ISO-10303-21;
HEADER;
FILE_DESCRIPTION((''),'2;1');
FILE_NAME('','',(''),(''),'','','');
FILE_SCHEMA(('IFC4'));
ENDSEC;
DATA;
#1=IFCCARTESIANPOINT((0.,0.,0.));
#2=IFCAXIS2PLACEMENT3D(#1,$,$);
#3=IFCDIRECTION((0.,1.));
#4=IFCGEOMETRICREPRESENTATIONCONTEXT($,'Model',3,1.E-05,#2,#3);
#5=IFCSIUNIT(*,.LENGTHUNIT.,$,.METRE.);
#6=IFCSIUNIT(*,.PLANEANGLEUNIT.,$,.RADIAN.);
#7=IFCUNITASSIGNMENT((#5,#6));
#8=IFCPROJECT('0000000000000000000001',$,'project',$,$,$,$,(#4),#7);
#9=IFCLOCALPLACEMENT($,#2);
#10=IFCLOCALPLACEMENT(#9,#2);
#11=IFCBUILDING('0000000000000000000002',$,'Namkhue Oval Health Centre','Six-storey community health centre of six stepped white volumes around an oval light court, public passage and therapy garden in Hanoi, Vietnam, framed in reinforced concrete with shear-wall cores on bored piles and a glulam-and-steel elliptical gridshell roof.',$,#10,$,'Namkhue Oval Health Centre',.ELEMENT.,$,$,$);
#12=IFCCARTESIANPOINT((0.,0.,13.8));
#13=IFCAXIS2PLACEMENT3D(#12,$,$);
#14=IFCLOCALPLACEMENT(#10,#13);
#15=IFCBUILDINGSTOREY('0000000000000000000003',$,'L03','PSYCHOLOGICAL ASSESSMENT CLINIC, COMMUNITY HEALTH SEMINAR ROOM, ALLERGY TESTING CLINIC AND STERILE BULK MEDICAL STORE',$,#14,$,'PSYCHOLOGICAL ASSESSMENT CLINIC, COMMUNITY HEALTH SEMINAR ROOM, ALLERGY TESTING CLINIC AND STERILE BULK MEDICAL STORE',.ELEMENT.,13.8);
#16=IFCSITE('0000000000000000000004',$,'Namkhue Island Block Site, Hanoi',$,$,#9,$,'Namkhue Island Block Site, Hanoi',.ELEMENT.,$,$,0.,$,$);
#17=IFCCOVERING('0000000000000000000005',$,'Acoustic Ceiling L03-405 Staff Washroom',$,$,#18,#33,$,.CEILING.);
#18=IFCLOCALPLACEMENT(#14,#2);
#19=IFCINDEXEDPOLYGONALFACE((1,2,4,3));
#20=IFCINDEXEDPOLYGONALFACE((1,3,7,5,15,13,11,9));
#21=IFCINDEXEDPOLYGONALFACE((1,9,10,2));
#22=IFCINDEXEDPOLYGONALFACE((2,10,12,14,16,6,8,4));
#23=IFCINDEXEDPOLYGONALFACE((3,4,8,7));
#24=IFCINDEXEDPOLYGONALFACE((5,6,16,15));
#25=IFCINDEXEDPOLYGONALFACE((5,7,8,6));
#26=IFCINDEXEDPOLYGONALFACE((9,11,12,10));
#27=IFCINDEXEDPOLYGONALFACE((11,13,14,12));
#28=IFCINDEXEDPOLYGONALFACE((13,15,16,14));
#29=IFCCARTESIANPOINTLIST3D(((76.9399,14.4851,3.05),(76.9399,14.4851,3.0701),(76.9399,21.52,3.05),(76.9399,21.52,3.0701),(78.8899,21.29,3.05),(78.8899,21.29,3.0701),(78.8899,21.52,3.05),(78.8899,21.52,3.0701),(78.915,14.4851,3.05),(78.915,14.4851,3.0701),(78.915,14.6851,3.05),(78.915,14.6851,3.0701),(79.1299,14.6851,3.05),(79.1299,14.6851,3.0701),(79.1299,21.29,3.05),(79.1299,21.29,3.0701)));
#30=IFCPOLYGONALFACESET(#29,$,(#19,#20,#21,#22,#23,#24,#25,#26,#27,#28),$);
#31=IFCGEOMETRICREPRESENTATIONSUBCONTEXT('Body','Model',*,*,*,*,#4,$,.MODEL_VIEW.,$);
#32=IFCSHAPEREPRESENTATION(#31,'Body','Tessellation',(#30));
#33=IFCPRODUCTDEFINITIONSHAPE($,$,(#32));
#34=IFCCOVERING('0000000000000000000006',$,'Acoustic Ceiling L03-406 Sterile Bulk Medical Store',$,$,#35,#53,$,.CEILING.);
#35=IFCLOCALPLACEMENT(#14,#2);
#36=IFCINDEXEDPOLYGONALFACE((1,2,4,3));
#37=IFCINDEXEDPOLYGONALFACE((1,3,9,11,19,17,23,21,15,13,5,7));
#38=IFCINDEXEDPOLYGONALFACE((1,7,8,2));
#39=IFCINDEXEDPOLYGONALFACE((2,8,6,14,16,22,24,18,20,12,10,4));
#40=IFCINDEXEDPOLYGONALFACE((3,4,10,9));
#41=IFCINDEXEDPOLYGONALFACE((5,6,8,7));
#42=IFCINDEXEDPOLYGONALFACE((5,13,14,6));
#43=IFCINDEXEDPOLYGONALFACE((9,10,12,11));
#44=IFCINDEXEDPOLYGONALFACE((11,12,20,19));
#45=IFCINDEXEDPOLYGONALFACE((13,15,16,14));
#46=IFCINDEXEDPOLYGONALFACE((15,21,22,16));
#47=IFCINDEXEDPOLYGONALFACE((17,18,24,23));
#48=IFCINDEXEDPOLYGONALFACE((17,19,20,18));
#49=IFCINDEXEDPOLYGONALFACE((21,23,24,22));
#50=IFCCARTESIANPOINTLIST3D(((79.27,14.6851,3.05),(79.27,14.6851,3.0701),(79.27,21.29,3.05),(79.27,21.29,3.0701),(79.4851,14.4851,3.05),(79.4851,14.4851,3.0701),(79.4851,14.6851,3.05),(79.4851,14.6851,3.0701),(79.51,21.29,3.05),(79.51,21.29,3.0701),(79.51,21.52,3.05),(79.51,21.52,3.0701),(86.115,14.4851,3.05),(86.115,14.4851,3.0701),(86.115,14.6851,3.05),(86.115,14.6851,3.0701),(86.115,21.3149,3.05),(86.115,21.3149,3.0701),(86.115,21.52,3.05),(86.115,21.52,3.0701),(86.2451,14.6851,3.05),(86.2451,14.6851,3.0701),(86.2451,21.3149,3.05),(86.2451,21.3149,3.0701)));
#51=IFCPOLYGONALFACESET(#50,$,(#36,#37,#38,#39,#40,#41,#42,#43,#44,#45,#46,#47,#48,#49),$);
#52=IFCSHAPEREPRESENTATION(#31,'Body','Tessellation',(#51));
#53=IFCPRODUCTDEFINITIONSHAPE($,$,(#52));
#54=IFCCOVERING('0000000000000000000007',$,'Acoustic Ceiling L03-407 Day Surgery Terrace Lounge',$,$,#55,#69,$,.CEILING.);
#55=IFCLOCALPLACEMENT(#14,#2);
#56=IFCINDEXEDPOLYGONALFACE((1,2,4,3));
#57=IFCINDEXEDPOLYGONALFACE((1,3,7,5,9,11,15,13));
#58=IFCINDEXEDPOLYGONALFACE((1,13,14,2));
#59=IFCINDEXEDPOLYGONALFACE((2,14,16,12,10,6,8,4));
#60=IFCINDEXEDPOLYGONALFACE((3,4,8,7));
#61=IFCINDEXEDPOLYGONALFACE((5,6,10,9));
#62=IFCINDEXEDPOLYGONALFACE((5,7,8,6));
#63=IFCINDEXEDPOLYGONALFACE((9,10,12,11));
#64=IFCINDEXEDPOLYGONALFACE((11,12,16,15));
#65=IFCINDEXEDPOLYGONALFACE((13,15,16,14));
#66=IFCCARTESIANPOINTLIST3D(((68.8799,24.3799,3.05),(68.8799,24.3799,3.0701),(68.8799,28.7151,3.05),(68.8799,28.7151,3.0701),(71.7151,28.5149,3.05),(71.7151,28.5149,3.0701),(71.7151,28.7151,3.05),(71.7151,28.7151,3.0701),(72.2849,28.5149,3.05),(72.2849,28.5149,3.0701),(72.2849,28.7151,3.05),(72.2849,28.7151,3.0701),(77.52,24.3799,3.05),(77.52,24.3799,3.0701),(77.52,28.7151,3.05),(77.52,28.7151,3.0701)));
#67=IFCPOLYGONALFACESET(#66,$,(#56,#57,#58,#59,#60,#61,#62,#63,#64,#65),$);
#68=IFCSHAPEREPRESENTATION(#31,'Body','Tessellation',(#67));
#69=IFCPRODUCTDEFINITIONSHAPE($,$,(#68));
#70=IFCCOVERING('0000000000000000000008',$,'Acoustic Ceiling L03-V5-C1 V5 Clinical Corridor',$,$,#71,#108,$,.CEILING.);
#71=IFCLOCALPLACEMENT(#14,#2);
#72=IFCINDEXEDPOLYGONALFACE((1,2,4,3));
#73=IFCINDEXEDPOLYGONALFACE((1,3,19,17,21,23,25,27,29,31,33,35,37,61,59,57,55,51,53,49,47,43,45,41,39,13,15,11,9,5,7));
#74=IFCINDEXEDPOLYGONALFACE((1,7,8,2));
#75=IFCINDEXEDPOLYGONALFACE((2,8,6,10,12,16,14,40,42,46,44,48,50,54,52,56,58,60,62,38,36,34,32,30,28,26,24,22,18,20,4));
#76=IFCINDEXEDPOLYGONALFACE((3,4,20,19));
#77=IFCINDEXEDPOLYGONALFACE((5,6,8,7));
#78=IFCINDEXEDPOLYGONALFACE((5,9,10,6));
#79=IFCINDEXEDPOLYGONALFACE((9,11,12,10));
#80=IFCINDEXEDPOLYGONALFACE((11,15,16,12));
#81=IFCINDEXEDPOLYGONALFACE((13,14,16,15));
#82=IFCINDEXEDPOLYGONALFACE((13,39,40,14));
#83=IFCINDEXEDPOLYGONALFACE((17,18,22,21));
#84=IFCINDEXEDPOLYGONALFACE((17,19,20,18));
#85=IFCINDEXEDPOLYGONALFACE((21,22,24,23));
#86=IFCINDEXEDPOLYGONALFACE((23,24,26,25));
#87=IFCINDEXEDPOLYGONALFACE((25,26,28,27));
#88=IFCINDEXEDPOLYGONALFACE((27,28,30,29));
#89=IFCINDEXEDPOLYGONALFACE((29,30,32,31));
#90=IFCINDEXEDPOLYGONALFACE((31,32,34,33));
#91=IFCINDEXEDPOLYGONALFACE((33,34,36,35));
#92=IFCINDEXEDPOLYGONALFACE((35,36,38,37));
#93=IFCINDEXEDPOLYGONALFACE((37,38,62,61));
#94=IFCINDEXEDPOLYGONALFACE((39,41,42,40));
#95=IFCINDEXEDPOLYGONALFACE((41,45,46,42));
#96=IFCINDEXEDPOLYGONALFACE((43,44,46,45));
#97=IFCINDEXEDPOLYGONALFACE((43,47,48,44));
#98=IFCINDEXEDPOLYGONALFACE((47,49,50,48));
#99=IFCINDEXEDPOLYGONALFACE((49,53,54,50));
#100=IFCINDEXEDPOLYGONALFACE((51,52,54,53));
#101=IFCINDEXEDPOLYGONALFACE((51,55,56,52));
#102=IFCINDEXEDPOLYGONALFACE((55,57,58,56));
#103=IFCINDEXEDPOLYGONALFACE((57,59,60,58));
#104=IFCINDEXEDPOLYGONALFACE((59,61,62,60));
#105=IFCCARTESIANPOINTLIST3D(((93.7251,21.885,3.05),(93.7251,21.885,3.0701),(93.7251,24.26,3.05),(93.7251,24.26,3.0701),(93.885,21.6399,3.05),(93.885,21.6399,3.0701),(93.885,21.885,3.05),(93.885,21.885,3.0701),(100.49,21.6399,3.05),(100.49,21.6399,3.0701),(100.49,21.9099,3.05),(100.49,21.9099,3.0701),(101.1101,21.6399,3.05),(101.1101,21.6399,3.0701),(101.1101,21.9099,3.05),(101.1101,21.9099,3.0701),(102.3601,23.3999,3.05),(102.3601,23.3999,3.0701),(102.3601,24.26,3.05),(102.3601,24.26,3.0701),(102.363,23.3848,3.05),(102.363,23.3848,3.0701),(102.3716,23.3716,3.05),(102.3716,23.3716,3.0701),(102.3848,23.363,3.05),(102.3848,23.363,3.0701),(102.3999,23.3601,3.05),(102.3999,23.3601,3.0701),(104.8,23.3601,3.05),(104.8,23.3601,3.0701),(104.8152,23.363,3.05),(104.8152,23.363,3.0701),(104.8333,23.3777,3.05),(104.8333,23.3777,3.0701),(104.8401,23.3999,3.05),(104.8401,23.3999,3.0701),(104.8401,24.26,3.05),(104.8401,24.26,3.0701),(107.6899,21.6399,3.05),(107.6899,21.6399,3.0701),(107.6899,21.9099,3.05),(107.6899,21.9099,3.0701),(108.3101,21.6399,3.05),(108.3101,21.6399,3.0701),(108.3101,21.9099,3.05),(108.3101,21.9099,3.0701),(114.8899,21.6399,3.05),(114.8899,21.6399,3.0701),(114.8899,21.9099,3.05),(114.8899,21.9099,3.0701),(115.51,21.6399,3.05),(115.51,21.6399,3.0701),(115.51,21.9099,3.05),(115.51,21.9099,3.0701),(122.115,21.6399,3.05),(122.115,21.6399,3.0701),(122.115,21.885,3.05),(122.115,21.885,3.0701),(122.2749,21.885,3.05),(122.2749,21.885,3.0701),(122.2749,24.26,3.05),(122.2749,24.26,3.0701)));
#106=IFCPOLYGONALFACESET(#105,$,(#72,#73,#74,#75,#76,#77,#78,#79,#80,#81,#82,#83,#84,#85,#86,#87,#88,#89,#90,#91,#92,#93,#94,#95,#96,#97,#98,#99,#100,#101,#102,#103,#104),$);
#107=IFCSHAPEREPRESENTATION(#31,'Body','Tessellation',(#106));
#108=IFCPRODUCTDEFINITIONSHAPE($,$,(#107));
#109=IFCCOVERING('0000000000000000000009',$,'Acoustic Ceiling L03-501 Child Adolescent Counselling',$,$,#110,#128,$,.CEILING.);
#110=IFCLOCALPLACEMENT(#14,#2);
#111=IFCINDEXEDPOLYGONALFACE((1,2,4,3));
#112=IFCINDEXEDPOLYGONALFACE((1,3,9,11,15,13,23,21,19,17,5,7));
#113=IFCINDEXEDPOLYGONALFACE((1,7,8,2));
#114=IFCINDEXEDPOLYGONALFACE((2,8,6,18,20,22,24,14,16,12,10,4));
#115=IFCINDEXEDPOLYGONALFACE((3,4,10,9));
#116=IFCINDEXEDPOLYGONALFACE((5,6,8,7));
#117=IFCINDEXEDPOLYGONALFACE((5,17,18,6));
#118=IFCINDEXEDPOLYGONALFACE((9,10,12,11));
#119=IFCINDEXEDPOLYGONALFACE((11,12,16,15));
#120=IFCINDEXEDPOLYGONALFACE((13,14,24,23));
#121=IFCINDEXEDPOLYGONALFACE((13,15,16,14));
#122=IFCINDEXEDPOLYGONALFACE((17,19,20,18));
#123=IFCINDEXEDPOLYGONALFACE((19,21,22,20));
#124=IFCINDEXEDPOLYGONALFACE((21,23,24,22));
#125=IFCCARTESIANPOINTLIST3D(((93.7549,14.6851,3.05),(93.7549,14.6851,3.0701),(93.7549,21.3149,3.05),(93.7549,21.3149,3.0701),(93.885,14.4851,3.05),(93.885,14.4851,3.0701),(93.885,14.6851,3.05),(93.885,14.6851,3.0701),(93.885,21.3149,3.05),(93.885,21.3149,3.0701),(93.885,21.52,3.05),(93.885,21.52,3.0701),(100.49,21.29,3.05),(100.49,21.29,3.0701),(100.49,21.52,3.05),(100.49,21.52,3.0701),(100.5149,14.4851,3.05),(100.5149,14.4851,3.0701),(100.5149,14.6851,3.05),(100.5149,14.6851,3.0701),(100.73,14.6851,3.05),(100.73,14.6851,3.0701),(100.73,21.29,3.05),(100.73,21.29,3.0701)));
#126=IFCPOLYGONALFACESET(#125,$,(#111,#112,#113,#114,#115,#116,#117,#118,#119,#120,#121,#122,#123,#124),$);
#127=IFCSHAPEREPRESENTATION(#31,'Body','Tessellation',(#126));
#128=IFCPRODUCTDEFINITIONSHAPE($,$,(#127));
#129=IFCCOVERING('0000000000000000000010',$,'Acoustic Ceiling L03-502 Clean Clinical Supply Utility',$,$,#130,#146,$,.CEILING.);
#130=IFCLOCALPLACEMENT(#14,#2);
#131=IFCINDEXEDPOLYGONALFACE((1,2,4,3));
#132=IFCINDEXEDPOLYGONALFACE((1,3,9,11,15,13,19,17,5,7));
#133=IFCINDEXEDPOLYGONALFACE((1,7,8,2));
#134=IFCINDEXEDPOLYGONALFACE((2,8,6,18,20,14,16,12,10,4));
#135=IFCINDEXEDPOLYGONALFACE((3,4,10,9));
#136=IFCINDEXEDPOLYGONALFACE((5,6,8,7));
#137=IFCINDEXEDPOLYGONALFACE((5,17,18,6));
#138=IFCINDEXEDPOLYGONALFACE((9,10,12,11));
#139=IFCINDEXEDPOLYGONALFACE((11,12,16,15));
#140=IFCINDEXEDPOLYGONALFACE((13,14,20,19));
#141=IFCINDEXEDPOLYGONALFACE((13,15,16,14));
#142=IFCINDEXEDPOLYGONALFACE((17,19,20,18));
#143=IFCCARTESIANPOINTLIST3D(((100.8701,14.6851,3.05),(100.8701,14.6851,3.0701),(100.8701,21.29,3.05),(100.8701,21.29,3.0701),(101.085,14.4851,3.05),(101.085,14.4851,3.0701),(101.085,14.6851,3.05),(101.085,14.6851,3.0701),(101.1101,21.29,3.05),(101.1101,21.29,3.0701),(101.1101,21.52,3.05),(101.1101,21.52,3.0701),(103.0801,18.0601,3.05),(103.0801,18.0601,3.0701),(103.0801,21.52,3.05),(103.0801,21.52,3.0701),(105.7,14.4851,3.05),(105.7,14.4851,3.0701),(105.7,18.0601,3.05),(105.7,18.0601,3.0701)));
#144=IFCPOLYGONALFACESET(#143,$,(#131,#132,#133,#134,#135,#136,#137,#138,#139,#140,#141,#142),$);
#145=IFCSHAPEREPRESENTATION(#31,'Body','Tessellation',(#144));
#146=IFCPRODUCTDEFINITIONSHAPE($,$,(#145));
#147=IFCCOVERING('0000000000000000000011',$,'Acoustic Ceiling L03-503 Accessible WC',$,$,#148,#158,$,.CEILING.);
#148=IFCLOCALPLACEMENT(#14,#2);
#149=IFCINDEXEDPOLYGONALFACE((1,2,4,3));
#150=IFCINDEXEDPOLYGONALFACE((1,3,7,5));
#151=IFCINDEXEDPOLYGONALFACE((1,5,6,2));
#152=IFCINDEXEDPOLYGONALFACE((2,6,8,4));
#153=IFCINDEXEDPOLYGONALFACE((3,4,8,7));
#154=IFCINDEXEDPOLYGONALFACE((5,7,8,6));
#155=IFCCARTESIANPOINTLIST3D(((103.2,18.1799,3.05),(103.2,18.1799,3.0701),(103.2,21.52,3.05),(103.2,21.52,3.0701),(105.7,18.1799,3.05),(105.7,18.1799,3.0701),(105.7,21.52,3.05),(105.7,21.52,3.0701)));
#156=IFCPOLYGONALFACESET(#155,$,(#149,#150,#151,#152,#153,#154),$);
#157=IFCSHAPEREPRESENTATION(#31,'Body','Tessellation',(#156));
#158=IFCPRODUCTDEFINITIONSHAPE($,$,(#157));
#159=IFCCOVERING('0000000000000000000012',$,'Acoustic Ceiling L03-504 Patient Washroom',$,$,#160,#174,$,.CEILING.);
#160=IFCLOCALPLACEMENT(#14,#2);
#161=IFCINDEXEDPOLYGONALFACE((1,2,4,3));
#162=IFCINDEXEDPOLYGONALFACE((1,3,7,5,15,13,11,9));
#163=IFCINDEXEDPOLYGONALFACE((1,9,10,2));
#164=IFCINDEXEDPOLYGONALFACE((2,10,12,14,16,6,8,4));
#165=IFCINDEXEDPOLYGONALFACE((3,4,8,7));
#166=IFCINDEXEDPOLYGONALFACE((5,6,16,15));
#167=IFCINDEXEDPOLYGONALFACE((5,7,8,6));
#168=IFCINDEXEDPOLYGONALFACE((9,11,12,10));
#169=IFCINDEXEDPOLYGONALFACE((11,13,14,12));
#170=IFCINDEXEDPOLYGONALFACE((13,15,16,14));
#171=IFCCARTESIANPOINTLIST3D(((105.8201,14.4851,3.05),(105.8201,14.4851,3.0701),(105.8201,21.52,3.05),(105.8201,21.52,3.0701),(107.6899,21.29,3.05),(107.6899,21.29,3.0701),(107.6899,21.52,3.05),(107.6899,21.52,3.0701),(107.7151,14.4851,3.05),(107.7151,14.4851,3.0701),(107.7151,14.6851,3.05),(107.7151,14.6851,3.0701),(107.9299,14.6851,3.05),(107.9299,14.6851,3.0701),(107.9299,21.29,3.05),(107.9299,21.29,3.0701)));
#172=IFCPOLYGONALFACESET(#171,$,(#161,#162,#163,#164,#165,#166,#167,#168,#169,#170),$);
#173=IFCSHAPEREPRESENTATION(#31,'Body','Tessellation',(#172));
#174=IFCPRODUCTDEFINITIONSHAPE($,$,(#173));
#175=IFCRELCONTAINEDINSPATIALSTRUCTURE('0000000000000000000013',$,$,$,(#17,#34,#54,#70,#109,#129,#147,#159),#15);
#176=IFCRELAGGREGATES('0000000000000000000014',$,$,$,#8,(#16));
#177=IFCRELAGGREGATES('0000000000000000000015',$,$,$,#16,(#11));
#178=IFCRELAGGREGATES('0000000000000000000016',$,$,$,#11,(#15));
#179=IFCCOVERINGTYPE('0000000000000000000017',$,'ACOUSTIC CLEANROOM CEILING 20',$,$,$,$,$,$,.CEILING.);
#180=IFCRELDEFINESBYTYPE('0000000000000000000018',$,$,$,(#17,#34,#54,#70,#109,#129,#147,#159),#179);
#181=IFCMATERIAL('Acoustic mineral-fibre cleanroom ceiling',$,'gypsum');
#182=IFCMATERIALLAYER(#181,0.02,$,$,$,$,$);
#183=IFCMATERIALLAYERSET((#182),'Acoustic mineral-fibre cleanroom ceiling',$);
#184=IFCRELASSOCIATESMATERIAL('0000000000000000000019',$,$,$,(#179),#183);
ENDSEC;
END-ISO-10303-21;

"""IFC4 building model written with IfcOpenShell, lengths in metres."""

from ifc_helpers import new_model, si_unit, direction, frame, origin, place, context, subcontext, project, spatial, polyline, outline, extrude, material, layer, layer_set, type_object, element, save


model = new_model("IFC4")

# Units and contexts
model_context = context("Model", 3, precision=1e-05, world=origin(), true_north=direction((0.0, 1.0)))
body_context = subcontext(model_context, "Body", "Model", "MODEL_VIEW")
ifc_project = project(units=[si_unit("LENGTHUNIT", "METRE"), si_unit("PLANEANGLEUNIT", "RADIAN")], contexts=[model_context])

# Site, building, storey
site_placement = place(None, origin())
site = spatial("IfcSite", under=ifc_project, at=site_placement, Name="Namkhue Island Block Site, Hanoi", LongName="Namkhue Island Block Site, Hanoi", CompositionType="ELEMENT", RefElevation=0.0)
building_placement = place(site_placement, origin())
building = spatial("IfcBuilding", under=site, at=building_placement, Name="Namkhue Oval Health Centre", Description="Six-storey community health centre of six stepped white volumes around an oval light court, public passage and therapy garden in Hanoi, Vietnam, framed in reinforced concrete with shear-wall cores on bored piles and a glulam-and-steel elliptical gridshell roof.", LongName="Namkhue Oval Health Centre", CompositionType="ELEMENT")
storey_placement = place(building_placement, frame((0.0, 0.0, 13.8)))
storey = spatial("IfcBuildingStorey", under=building, at=storey_placement, Name="L03", Description="PSYCHOLOGICAL ASSESSMENT CLINIC, COMMUNITY HEALTH SEMINAR ROOM, ALLERGY TESTING CLINIC AND STERILE BULK MEDICAL STORE", LongName="PSYCHOLOGICAL ASSESSMENT CLINIC, COMMUNITY HEALTH SEMINAR ROOM, ALLERGY TESTING CLINIC AND STERILE BULK MEDICAL STORE", CompositionType="ELEMENT", Elevation=13.8)

# Coverings
ifc_material_1 = material(Name="Acoustic mineral-fibre cleanroom ceiling", Category="gypsum")
ifc_layer_1 = layer(ifc_material_1, 0.02)
ifc_layer_set_1 = layer_set([ifc_layer_1], Name="Acoustic mineral-fibre cleanroom ceiling")
covering_type_1 = type_object("IfcCoveringType", Name="ACOUSTIC CLEANROOM CEILING 20", PredefinedType="CEILING", material=ifc_layer_set_1)
covering_1_placement = place(storey_placement, frame((0.0, 0.0, 3.05)))
element("IfcCovering", 1, at=covering_1_placement, inside=storey, type_object=covering_type_1, Name="Acoustic Ceiling L03-405 Staff Washroom", PredefinedType="CEILING", context=body_context, shape_type="SweptSolid", body=[
    extrude(outline(polyline([(76.9399, 14.4851), (76.9399, 21.52), (78.8899, 21.52), (78.8899, 21.29), (79.1299, 21.29), (79.1299, 14.6851), (78.915, 14.6851), (78.915, 14.4851), (76.9399, 14.4851)])), origin(), (0.0, 0.0, 1.0), 0.02),
])
covering_2_placement = place(storey_placement, frame((0.0, 0.0, 3.05)))
element("IfcCovering", 2, at=covering_2_placement, inside=storey, type_object=covering_type_1, Name="Acoustic Ceiling L03-406 Sterile Bulk Medical Store", PredefinedType="CEILING", context=body_context, shape_type="SweptSolid", body=[
    extrude(outline(polyline([(79.4851, 14.4851), (79.4851, 14.6851), (79.27, 14.6851), (79.27, 21.29), (79.51, 21.29), (79.51, 21.52), (86.115, 21.52), (86.115, 21.3149), (86.2451, 21.3149), (86.2451, 14.6851), (86.115, 14.6851), (86.115, 14.4851), (79.4851, 14.4851)])), origin(), (0.0, 0.0, 1.0), 0.02),
])
covering_3_placement = place(storey_placement, frame((0.0, 0.0, 3.05)))
element("IfcCovering", 3, at=covering_3_placement, inside=storey, type_object=covering_type_1, Name="Acoustic Ceiling L03-407 Day Surgery Terrace Lounge", PredefinedType="CEILING", context=body_context, shape_type="SweptSolid", body=[
    extrude(outline(polyline([(68.8799, 24.3799), (68.8799, 28.7151), (71.7151, 28.7151), (71.7151, 28.5149), (72.2849, 28.5149), (72.2849, 28.7151), (77.52, 28.7151), (77.52, 24.3799), (68.8799, 24.3799)])), origin(), (0.0, 0.0, 1.0), 0.02),
])
covering_4_placement = place(storey_placement, frame((0.0, 0.0, 3.05)))
element("IfcCovering", 4, at=covering_4_placement, inside=storey, type_object=covering_type_1, Name="Acoustic Ceiling L03-V5-C1 V5 Clinical Corridor", PredefinedType="CEILING", context=body_context, shape_type="SweptSolid", body=[
    extrude(outline(polyline([(93.7251, 24.26), (102.3601, 24.26), (102.3601, 23.3999), (102.363, 23.3848), (102.3716, 23.3716), (102.3848, 23.363), (102.3999, 23.3601), (104.8, 23.3601), (104.8152, 23.363), (104.8333, 23.3777), (104.8401, 23.3999), (104.8401, 24.26), (122.2749, 24.26), (122.2749, 21.885), (122.115, 21.885), (122.115, 21.6399), (115.51, 21.6399), (115.51, 21.9099), (114.8899, 21.9099), (114.8899, 21.6399), (108.3101, 21.6399), (108.3101, 21.9099), (107.6899, 21.9099), (107.6899, 21.6399), (101.1101, 21.6399), (101.1101, 21.9099), (100.49, 21.9099), (100.49, 21.6399), (93.885, 21.6399), (93.885, 21.885), (93.7251, 21.885), (93.7251, 24.26)])), origin(), (0.0, 0.0, 1.0), 0.02),
])
covering_5_placement = place(storey_placement, frame((0.0, 0.0, 3.05)))
element("IfcCovering", 5, at=covering_5_placement, inside=storey, type_object=covering_type_1, Name="Acoustic Ceiling L03-501 Child Adolescent Counselling", PredefinedType="CEILING", context=body_context, shape_type="SweptSolid", body=[
    extrude(outline(polyline([(93.885, 14.4851), (93.885, 14.6851), (93.7549, 14.6851), (93.7549, 21.3149), (93.885, 21.3149), (93.885, 21.52), (100.49, 21.52), (100.49, 21.29), (100.73, 21.29), (100.73, 14.6851), (100.5149, 14.6851), (100.5149, 14.4851), (93.885, 14.4851)])), origin(), (0.0, 0.0, 1.0), 0.02),
])
covering_6_placement = place(storey_placement, frame((0.0, 0.0, 3.05)))
element("IfcCovering", 6, at=covering_6_placement, inside=storey, type_object=covering_type_1, Name="Acoustic Ceiling L03-502 Clean Clinical Supply Utility", PredefinedType="CEILING", context=body_context, shape_type="SweptSolid", body=[
    extrude(outline(polyline([(103.0801, 21.52), (103.0801, 18.0601), (105.7, 18.0601), (105.7, 14.4851), (101.085, 14.4851), (101.085, 14.6851), (100.8701, 14.6851), (100.8701, 21.29), (101.1101, 21.29), (101.1101, 21.52), (103.0801, 21.52)])), origin(), (0.0, 0.0, 1.0), 0.02),
])
covering_7_placement = place(storey_placement, frame((0.0, 0.0, 3.05)))
element("IfcCovering", 7, at=covering_7_placement, inside=storey, type_object=covering_type_1, Name="Acoustic Ceiling L03-503 Accessible WC", PredefinedType="CEILING", context=body_context, shape_type="SweptSolid", body=[
    extrude(outline(polyline([(103.2, 18.1799), (103.2, 21.52), (105.7, 21.52), (105.7, 18.1799), (103.2, 18.1799)])), origin(), (0.0, 0.0, 1.0), 0.02),
])
covering_8_placement = place(storey_placement, frame((0.0, 0.0, 3.05)))
element("IfcCovering", 8, at=covering_8_placement, inside=storey, type_object=covering_type_1, Name="Acoustic Ceiling L03-504 Patient Washroom", PredefinedType="CEILING", context=body_context, shape_type="SweptSolid", body=[
    extrude(outline(polyline([(105.8201, 14.4851), (105.8201, 21.52), (107.6899, 21.52), (107.6899, 21.29), (107.9299, 21.29), (107.9299, 14.6851), (107.7151, 14.6851), (107.7151, 14.4851), (105.8201, 14.4851)])), origin(), (0.0, 0.0, 1.0), 0.02),
])

save(model, "model.ifc")
